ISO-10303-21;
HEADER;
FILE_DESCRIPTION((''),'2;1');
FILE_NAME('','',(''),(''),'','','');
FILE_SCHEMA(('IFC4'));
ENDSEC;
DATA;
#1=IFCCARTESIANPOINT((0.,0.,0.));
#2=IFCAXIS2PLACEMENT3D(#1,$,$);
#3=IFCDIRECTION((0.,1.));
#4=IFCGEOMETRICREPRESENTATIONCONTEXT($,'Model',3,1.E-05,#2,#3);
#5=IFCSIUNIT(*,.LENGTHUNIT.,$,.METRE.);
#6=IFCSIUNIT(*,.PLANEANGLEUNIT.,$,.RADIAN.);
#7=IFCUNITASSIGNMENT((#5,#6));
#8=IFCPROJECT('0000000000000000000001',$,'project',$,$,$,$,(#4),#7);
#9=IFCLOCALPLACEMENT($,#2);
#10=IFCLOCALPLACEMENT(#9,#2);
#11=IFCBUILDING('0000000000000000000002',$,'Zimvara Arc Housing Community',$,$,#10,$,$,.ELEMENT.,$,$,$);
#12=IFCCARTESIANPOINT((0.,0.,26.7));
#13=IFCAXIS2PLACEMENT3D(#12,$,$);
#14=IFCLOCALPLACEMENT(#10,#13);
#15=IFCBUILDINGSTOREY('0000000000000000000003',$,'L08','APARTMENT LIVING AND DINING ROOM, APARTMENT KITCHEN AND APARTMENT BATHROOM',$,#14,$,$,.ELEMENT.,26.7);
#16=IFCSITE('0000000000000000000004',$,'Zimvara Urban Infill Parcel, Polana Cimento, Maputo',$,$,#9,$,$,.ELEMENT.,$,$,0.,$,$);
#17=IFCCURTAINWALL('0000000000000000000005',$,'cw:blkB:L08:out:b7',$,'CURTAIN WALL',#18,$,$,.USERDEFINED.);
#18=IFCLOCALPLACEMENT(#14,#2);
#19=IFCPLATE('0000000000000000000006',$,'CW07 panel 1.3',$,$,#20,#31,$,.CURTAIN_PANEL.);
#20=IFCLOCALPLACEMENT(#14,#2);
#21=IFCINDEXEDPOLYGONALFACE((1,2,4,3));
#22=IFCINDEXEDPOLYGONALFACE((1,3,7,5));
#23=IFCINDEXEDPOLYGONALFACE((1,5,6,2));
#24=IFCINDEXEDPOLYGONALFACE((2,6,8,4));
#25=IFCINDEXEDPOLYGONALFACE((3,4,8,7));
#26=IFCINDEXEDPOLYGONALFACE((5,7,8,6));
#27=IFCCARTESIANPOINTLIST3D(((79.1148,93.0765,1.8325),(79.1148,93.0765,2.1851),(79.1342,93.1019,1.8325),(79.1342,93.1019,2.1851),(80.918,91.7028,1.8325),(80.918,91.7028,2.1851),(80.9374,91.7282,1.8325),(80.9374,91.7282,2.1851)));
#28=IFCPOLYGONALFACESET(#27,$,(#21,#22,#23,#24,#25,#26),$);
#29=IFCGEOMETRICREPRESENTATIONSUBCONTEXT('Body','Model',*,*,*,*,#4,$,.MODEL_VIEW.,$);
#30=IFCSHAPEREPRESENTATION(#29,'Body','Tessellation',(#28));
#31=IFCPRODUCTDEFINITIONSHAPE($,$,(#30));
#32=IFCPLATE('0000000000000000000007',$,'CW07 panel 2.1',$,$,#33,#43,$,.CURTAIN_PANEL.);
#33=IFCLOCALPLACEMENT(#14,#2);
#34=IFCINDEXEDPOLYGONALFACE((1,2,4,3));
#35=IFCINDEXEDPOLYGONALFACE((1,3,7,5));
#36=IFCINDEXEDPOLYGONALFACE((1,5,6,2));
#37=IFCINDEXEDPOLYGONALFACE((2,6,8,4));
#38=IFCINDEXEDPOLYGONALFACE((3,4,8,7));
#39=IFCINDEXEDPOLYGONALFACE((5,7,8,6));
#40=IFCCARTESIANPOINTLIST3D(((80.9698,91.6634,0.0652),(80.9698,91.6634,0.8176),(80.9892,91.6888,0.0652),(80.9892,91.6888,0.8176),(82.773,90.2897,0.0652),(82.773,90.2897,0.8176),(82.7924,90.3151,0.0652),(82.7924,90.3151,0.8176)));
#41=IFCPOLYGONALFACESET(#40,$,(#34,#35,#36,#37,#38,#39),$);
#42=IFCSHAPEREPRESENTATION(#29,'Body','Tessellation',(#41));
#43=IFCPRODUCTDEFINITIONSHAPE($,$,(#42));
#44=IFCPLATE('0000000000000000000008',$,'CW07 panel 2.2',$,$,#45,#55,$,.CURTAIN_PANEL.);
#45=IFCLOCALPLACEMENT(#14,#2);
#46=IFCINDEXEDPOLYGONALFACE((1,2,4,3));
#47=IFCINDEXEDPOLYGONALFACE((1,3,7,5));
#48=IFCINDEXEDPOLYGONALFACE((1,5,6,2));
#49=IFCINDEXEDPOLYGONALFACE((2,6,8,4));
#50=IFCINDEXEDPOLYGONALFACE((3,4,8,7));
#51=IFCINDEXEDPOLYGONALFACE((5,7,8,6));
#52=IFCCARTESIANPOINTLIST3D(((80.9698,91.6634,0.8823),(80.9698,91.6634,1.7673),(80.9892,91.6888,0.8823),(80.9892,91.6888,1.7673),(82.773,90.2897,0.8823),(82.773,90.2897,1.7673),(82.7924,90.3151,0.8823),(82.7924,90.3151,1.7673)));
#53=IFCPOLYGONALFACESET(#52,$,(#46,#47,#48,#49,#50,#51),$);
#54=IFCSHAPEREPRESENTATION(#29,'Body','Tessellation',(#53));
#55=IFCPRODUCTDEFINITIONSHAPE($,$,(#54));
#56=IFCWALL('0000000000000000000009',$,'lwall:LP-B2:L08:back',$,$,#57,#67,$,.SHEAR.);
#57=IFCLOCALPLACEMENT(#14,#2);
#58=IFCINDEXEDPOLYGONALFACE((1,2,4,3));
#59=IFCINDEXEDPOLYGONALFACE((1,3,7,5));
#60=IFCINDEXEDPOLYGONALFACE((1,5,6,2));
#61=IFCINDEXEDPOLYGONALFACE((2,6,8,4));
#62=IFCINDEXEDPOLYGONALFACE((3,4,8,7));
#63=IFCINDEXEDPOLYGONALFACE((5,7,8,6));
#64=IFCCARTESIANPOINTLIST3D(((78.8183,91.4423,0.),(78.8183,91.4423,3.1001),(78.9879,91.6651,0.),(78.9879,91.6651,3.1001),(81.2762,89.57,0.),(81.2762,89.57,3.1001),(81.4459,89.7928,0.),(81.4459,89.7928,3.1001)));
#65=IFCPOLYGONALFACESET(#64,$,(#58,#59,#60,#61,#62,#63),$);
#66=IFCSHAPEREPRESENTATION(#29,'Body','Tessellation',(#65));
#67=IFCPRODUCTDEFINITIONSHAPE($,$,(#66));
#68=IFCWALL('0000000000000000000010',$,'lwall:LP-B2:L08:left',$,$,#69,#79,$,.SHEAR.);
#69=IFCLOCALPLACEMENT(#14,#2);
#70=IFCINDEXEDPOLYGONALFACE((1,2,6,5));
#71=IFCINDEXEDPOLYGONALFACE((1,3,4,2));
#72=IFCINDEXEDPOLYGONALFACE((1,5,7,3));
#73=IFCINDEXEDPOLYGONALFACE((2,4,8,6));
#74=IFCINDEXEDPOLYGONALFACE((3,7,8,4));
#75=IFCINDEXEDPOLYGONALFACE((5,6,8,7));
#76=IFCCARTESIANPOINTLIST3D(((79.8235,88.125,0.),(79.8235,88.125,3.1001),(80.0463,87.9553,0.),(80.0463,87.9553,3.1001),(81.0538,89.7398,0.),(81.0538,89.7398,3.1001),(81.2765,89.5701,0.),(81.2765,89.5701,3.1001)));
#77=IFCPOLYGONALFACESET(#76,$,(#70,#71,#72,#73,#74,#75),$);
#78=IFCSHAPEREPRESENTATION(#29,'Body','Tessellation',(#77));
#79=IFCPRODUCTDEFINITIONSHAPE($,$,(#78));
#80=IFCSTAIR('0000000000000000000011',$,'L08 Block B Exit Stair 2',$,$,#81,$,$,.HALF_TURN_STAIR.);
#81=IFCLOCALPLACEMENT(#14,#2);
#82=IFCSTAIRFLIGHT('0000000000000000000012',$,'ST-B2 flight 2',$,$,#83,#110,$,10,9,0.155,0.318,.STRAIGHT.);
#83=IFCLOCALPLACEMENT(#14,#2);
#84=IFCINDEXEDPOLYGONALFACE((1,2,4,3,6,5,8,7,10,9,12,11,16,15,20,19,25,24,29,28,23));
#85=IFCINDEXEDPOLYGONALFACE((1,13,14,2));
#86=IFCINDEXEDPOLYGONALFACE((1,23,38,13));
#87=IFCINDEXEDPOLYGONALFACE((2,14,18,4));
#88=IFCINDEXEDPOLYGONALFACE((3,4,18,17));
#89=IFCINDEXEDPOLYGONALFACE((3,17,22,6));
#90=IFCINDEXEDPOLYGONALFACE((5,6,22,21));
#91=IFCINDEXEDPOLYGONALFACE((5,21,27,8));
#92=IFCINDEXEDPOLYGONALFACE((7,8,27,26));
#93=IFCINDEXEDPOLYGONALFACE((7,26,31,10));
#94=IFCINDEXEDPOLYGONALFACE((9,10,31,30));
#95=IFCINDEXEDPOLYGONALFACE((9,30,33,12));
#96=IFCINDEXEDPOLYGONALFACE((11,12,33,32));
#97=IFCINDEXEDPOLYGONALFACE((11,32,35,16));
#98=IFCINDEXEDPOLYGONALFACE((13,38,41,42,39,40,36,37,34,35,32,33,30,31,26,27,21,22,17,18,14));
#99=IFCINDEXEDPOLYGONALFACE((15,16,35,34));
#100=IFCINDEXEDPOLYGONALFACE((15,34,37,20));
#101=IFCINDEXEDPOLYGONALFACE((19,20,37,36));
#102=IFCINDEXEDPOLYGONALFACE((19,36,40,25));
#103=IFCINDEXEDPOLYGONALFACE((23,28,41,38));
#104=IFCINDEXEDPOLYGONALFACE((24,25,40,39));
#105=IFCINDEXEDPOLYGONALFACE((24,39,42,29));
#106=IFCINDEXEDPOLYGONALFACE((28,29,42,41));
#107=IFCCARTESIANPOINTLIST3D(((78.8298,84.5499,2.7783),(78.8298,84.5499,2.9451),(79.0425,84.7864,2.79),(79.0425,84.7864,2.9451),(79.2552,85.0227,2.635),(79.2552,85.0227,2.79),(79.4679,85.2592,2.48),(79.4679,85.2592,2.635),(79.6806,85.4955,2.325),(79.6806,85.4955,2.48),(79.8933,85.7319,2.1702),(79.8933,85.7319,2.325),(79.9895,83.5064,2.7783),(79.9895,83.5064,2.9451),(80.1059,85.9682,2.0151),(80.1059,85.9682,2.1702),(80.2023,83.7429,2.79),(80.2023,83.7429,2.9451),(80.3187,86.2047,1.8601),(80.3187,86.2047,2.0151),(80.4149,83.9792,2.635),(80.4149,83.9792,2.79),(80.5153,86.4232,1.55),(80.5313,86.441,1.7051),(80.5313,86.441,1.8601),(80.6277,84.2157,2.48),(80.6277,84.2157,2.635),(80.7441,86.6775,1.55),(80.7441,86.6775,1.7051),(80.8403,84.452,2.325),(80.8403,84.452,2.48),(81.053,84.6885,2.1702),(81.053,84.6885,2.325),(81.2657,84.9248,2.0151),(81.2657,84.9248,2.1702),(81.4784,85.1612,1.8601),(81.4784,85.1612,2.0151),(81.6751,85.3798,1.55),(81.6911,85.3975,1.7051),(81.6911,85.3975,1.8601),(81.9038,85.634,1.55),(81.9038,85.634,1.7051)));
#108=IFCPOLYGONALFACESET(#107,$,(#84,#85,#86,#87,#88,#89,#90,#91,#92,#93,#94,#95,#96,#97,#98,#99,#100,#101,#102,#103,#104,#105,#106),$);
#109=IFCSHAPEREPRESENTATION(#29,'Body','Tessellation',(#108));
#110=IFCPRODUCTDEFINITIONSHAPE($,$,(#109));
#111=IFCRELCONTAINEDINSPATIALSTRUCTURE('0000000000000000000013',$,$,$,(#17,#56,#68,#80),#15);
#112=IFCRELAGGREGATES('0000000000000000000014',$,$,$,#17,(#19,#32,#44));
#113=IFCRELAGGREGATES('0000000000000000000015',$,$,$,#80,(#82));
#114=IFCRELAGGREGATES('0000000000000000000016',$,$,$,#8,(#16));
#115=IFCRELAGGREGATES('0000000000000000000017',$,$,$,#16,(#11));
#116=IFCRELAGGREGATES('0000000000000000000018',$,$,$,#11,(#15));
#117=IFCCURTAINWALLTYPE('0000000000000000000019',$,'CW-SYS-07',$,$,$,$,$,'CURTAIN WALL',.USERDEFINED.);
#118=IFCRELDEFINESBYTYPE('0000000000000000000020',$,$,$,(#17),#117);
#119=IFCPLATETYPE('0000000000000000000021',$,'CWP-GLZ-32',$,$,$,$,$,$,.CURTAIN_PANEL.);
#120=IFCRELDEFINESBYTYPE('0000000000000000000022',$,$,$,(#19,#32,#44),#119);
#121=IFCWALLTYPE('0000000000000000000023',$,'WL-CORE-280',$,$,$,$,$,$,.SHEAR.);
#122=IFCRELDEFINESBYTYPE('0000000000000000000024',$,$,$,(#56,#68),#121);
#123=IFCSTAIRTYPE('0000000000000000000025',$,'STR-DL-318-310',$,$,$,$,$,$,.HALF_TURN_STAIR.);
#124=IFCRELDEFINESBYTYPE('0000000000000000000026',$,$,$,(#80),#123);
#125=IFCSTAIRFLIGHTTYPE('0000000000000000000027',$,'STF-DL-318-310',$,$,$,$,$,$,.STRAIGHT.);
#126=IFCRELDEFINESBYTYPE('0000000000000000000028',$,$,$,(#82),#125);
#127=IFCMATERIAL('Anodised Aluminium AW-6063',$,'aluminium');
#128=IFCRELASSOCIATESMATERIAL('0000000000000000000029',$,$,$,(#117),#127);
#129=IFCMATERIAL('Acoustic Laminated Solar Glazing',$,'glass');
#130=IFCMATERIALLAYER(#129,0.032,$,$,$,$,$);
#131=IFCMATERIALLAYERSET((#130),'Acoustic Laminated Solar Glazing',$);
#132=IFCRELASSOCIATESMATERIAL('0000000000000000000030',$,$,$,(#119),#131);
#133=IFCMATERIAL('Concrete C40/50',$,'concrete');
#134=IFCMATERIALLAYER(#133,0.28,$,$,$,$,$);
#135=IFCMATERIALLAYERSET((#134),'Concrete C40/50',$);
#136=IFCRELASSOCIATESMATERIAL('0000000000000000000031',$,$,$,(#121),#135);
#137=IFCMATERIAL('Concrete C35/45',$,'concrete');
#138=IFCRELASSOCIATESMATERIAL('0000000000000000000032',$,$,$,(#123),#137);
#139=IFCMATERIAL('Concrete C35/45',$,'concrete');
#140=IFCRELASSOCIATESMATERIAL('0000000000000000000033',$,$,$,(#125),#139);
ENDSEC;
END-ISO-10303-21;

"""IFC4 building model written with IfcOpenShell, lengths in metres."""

from ifc_helpers import new_model, si_unit, direction, frame, frame_2d, origin, origin_2d, place, context, subcontext, project, spatial, polyline, rectangle, outline, extrude, material, layer, layer_set, type_object, element, aggregate, save


model = new_model("IFC4")

# Units and contexts
model_context = context("Model", 3, precision=1e-05, world=origin(), true_north=direction((0.0, 1.0)))
body_context = subcontext(model_context, "Body", "Model", "MODEL_VIEW")
ifc_project = project(units=[si_unit("LENGTHUNIT", "METRE"), si_unit("PLANEANGLEUNIT", "RADIAN")], contexts=[model_context])

# Site, building, storey
site_placement = place(None, origin())
site = spatial("IfcSite", under=ifc_project, at=site_placement, Name="Zimvara Urban Infill Parcel, Polana Cimento, Maputo", CompositionType="ELEMENT", RefElevation=0.0)
building_placement = place(site_placement, origin())
building = spatial("IfcBuilding", under=site, at=building_placement, Name="Zimvara Arc Housing Community", CompositionType="ELEMENT")
storey_placement = place(building_placement, frame((0.0, 0.0, 26.7)))
storey = spatial("IfcBuildingStorey", under=building, at=storey_placement, Name="L08", Description="APARTMENT LIVING AND DINING ROOM, APARTMENT KITCHEN AND APARTMENT BATHROOM", CompositionType="ELEMENT", Elevation=26.7)

# Curtain wall, plates
ifc_material_1 = material(Name="Anodised Aluminium AW-6063", Category="aluminium")
curtain_wall_type = type_object("IfcCurtainWallType", Name="CW-SYS-07", ElementType="CURTAIN WALL", PredefinedType="USERDEFINED", material=ifc_material_1)
curtain_wall_placement = place(storey_placement, origin())
curtain_wall = element("IfcCurtainWall", 1, at=curtain_wall_placement, inside=storey, type_object=curtain_wall_type, Name="cw:blkB:L08:out:b7", ObjectType="CURTAIN WALL", PredefinedType="USERDEFINED")
ifc_material_2 = material(Name="Acoustic Laminated Solar Glazing", Category="glass")
ifc_layer_1 = layer(ifc_material_2, 0.032)
ifc_layer_set_1 = layer_set([ifc_layer_1], Name="Acoustic Laminated Solar Glazing")
plate_type = type_object("IfcPlateType", Name="CWP-GLZ-32", PredefinedType="CURTAIN_PANEL", material=ifc_layer_set_1)
plate_1_placement = place(storey_placement, frame((80.0261, 92.4023, 1.8325), z_axis=(0.0, 0.0, 1.0), x_axis=(0.795474, -0.605988, 0.0)))
plate_1 = element("IfcPlate", 2, at=plate_1_placement, type_object=plate_type, Name="CW07 panel 1.3", PredefinedType="CURTAIN_PANEL", context=body_context, shape_type="SweptSolid", body=[
    extrude(rectangle(XDim=2.2668, YDim=0.032, at=origin_2d()), origin(), (0.0, 0.0, 1.0), 0.3525),
])
plate_2_placement = place(storey_placement, frame((81.8811, 90.9893, 0.0652), z_axis=(0.0, 0.0, 1.0), x_axis=(0.795474, -0.605988, 0.0)))
plate_2 = element("IfcPlate", 3, at=plate_2_placement, type_object=plate_type, Name="CW07 panel 2.1", PredefinedType="CURTAIN_PANEL", context=body_context, shape_type="SweptSolid", body=[
    extrude(rectangle(XDim=2.2668, YDim=0.032, at=origin_2d()), origin(), (0.0, 0.0, 1.0), 0.7524),
])
plate_3_placement = place(storey_placement, frame((81.8811, 90.9893, 0.8823), z_axis=(0.0, 0.0, 1.0), x_axis=(0.795474, -0.605988, 0.0)))
plate_3 = element("IfcPlate", 4, at=plate_3_placement, type_object=plate_type, Name="CW07 panel 2.2", PredefinedType="CURTAIN_PANEL", context=body_context, shape_type="SweptSolid", body=[
    extrude(rectangle(XDim=2.2668, YDim=0.032, at=origin_2d()), origin(), (0.0, 0.0, 1.0), 0.885),
])
aggregate(curtain_wall, [plate_1, plate_2, plate_3])

# Shared definitions
ifc_material_3 = material(Name="Concrete C40/50", Category="concrete")
ifc_layer_2 = layer(ifc_material_3, 0.28)
ifc_layer_set_2 = layer_set([ifc_layer_2], Name="Concrete C40/50")
wall_type = type_object("IfcWallType", Name="WL-CORE-280", PredefinedType="SHEAR", material=ifc_layer_set_2)

# Walls
wall_1_placement = place(storey_placement, frame((81.3611, 89.6814, 0.0), z_axis=(0.0, 0.0, 1.0), x_axis=(-0.795502, 0.60595, 0.0)))
element("IfcWall", 5, at=wall_1_placement, inside=storey, type_object=wall_type, Name="lwall:LP-B2:L08:back", PredefinedType="SHEAR", context=body_context, shape_type="SweptSolid", body=[
    extrude(rectangle(XDim=3.0898, YDim=0.28, at=frame_2d((1.5449, 0.0))), origin(), (0.0, 0.0, 1.0), 3.1001),
])
wall_2_placement = place(storey_placement, frame((79.9348, 88.04, 0.0), z_axis=(0.0, 0.0, 1.0), x_axis=(0.606025, 0.795446, 0.0)))
element("IfcWall", 6, at=wall_2_placement, inside=storey, type_object=wall_type, Name="lwall:LP-B2:L08:left", PredefinedType="SHEAR", context=body_context, shape_type="SweptSolid", body=[
    extrude(rectangle(XDim=2.03, YDim=0.28, at=frame_2d((1.0151, 0.0))), origin(), (0.0, 0.0, 1.0), 3.1001),
])

# Stair, stair flight
ifc_material_4 = material(Name="Concrete C35/45", Category="concrete")
stair_type = type_object("IfcStairType", Name="STR-DL-318-310", PredefinedType="HALF_TURN_STAIR", material=ifc_material_4)
stair_placement = place(storey_placement, origin())
stair = element("IfcStair", 7, at=stair_placement, inside=storey, type_object=stair_type, Name="L08 Block B Exit Stair 2", PredefinedType="HALF_TURN_STAIR")
ifc_material_5 = material(Name="Concrete C35/45", Category="concrete")
stair_flight_type = type_object("IfcStairFlightType", Name="STF-DL-318-310", PredefinedType="STRAIGHT", material=ifc_material_5)
stair_flight_placement = place(storey_placement, frame((81.324, 86.1558, 1.55), z_axis=(0.0, 0.0, 1.0), x_axis=(-0.668871, -0.743378, 0.0)))
stair_flight = element("IfcStairFlight", 8, at=stair_flight_placement, type_object=stair_flight_type, Name="ST-B2 flight 2", NumberOfRisers=10, NumberOfTreads=9, PredefinedType="STRAIGHT", RiserHeight=0.155, TreadLength=0.318, context=body_context, shape_type="SweptSolid", body=[
    extrude(outline(polyline([(0.0, 0.0), (0.0, 0.155), (0.3181, 0.155), (0.3181, 0.3101), (0.636, 0.3101), (0.636, 0.4651), (0.9541, 0.4651), (0.9541, 0.6201), (1.272, 0.6201), (1.272, 0.7749), (1.5901, 0.7749), (1.5901, 0.9299), (1.908, 0.9299), (1.908, 1.085), (2.2261, 1.085), (2.2261, 1.24), (2.5439, 1.24), (2.5439, 1.395), (2.8621, 1.395), (2.8621, 1.55), (2.8621, 1.2283), (0.342, 0.0), (0.0, 0.0)])), frame((0.0, 0.78, 0.0), z_axis=(0.0, -1.0, 0.0), x_axis=(1.0, 0.0, 0.0)), (0.0, 0.0, 1.0), 1.5601),
])
aggregate(stair, [stair_flight])

save(model, "model.ifc")
